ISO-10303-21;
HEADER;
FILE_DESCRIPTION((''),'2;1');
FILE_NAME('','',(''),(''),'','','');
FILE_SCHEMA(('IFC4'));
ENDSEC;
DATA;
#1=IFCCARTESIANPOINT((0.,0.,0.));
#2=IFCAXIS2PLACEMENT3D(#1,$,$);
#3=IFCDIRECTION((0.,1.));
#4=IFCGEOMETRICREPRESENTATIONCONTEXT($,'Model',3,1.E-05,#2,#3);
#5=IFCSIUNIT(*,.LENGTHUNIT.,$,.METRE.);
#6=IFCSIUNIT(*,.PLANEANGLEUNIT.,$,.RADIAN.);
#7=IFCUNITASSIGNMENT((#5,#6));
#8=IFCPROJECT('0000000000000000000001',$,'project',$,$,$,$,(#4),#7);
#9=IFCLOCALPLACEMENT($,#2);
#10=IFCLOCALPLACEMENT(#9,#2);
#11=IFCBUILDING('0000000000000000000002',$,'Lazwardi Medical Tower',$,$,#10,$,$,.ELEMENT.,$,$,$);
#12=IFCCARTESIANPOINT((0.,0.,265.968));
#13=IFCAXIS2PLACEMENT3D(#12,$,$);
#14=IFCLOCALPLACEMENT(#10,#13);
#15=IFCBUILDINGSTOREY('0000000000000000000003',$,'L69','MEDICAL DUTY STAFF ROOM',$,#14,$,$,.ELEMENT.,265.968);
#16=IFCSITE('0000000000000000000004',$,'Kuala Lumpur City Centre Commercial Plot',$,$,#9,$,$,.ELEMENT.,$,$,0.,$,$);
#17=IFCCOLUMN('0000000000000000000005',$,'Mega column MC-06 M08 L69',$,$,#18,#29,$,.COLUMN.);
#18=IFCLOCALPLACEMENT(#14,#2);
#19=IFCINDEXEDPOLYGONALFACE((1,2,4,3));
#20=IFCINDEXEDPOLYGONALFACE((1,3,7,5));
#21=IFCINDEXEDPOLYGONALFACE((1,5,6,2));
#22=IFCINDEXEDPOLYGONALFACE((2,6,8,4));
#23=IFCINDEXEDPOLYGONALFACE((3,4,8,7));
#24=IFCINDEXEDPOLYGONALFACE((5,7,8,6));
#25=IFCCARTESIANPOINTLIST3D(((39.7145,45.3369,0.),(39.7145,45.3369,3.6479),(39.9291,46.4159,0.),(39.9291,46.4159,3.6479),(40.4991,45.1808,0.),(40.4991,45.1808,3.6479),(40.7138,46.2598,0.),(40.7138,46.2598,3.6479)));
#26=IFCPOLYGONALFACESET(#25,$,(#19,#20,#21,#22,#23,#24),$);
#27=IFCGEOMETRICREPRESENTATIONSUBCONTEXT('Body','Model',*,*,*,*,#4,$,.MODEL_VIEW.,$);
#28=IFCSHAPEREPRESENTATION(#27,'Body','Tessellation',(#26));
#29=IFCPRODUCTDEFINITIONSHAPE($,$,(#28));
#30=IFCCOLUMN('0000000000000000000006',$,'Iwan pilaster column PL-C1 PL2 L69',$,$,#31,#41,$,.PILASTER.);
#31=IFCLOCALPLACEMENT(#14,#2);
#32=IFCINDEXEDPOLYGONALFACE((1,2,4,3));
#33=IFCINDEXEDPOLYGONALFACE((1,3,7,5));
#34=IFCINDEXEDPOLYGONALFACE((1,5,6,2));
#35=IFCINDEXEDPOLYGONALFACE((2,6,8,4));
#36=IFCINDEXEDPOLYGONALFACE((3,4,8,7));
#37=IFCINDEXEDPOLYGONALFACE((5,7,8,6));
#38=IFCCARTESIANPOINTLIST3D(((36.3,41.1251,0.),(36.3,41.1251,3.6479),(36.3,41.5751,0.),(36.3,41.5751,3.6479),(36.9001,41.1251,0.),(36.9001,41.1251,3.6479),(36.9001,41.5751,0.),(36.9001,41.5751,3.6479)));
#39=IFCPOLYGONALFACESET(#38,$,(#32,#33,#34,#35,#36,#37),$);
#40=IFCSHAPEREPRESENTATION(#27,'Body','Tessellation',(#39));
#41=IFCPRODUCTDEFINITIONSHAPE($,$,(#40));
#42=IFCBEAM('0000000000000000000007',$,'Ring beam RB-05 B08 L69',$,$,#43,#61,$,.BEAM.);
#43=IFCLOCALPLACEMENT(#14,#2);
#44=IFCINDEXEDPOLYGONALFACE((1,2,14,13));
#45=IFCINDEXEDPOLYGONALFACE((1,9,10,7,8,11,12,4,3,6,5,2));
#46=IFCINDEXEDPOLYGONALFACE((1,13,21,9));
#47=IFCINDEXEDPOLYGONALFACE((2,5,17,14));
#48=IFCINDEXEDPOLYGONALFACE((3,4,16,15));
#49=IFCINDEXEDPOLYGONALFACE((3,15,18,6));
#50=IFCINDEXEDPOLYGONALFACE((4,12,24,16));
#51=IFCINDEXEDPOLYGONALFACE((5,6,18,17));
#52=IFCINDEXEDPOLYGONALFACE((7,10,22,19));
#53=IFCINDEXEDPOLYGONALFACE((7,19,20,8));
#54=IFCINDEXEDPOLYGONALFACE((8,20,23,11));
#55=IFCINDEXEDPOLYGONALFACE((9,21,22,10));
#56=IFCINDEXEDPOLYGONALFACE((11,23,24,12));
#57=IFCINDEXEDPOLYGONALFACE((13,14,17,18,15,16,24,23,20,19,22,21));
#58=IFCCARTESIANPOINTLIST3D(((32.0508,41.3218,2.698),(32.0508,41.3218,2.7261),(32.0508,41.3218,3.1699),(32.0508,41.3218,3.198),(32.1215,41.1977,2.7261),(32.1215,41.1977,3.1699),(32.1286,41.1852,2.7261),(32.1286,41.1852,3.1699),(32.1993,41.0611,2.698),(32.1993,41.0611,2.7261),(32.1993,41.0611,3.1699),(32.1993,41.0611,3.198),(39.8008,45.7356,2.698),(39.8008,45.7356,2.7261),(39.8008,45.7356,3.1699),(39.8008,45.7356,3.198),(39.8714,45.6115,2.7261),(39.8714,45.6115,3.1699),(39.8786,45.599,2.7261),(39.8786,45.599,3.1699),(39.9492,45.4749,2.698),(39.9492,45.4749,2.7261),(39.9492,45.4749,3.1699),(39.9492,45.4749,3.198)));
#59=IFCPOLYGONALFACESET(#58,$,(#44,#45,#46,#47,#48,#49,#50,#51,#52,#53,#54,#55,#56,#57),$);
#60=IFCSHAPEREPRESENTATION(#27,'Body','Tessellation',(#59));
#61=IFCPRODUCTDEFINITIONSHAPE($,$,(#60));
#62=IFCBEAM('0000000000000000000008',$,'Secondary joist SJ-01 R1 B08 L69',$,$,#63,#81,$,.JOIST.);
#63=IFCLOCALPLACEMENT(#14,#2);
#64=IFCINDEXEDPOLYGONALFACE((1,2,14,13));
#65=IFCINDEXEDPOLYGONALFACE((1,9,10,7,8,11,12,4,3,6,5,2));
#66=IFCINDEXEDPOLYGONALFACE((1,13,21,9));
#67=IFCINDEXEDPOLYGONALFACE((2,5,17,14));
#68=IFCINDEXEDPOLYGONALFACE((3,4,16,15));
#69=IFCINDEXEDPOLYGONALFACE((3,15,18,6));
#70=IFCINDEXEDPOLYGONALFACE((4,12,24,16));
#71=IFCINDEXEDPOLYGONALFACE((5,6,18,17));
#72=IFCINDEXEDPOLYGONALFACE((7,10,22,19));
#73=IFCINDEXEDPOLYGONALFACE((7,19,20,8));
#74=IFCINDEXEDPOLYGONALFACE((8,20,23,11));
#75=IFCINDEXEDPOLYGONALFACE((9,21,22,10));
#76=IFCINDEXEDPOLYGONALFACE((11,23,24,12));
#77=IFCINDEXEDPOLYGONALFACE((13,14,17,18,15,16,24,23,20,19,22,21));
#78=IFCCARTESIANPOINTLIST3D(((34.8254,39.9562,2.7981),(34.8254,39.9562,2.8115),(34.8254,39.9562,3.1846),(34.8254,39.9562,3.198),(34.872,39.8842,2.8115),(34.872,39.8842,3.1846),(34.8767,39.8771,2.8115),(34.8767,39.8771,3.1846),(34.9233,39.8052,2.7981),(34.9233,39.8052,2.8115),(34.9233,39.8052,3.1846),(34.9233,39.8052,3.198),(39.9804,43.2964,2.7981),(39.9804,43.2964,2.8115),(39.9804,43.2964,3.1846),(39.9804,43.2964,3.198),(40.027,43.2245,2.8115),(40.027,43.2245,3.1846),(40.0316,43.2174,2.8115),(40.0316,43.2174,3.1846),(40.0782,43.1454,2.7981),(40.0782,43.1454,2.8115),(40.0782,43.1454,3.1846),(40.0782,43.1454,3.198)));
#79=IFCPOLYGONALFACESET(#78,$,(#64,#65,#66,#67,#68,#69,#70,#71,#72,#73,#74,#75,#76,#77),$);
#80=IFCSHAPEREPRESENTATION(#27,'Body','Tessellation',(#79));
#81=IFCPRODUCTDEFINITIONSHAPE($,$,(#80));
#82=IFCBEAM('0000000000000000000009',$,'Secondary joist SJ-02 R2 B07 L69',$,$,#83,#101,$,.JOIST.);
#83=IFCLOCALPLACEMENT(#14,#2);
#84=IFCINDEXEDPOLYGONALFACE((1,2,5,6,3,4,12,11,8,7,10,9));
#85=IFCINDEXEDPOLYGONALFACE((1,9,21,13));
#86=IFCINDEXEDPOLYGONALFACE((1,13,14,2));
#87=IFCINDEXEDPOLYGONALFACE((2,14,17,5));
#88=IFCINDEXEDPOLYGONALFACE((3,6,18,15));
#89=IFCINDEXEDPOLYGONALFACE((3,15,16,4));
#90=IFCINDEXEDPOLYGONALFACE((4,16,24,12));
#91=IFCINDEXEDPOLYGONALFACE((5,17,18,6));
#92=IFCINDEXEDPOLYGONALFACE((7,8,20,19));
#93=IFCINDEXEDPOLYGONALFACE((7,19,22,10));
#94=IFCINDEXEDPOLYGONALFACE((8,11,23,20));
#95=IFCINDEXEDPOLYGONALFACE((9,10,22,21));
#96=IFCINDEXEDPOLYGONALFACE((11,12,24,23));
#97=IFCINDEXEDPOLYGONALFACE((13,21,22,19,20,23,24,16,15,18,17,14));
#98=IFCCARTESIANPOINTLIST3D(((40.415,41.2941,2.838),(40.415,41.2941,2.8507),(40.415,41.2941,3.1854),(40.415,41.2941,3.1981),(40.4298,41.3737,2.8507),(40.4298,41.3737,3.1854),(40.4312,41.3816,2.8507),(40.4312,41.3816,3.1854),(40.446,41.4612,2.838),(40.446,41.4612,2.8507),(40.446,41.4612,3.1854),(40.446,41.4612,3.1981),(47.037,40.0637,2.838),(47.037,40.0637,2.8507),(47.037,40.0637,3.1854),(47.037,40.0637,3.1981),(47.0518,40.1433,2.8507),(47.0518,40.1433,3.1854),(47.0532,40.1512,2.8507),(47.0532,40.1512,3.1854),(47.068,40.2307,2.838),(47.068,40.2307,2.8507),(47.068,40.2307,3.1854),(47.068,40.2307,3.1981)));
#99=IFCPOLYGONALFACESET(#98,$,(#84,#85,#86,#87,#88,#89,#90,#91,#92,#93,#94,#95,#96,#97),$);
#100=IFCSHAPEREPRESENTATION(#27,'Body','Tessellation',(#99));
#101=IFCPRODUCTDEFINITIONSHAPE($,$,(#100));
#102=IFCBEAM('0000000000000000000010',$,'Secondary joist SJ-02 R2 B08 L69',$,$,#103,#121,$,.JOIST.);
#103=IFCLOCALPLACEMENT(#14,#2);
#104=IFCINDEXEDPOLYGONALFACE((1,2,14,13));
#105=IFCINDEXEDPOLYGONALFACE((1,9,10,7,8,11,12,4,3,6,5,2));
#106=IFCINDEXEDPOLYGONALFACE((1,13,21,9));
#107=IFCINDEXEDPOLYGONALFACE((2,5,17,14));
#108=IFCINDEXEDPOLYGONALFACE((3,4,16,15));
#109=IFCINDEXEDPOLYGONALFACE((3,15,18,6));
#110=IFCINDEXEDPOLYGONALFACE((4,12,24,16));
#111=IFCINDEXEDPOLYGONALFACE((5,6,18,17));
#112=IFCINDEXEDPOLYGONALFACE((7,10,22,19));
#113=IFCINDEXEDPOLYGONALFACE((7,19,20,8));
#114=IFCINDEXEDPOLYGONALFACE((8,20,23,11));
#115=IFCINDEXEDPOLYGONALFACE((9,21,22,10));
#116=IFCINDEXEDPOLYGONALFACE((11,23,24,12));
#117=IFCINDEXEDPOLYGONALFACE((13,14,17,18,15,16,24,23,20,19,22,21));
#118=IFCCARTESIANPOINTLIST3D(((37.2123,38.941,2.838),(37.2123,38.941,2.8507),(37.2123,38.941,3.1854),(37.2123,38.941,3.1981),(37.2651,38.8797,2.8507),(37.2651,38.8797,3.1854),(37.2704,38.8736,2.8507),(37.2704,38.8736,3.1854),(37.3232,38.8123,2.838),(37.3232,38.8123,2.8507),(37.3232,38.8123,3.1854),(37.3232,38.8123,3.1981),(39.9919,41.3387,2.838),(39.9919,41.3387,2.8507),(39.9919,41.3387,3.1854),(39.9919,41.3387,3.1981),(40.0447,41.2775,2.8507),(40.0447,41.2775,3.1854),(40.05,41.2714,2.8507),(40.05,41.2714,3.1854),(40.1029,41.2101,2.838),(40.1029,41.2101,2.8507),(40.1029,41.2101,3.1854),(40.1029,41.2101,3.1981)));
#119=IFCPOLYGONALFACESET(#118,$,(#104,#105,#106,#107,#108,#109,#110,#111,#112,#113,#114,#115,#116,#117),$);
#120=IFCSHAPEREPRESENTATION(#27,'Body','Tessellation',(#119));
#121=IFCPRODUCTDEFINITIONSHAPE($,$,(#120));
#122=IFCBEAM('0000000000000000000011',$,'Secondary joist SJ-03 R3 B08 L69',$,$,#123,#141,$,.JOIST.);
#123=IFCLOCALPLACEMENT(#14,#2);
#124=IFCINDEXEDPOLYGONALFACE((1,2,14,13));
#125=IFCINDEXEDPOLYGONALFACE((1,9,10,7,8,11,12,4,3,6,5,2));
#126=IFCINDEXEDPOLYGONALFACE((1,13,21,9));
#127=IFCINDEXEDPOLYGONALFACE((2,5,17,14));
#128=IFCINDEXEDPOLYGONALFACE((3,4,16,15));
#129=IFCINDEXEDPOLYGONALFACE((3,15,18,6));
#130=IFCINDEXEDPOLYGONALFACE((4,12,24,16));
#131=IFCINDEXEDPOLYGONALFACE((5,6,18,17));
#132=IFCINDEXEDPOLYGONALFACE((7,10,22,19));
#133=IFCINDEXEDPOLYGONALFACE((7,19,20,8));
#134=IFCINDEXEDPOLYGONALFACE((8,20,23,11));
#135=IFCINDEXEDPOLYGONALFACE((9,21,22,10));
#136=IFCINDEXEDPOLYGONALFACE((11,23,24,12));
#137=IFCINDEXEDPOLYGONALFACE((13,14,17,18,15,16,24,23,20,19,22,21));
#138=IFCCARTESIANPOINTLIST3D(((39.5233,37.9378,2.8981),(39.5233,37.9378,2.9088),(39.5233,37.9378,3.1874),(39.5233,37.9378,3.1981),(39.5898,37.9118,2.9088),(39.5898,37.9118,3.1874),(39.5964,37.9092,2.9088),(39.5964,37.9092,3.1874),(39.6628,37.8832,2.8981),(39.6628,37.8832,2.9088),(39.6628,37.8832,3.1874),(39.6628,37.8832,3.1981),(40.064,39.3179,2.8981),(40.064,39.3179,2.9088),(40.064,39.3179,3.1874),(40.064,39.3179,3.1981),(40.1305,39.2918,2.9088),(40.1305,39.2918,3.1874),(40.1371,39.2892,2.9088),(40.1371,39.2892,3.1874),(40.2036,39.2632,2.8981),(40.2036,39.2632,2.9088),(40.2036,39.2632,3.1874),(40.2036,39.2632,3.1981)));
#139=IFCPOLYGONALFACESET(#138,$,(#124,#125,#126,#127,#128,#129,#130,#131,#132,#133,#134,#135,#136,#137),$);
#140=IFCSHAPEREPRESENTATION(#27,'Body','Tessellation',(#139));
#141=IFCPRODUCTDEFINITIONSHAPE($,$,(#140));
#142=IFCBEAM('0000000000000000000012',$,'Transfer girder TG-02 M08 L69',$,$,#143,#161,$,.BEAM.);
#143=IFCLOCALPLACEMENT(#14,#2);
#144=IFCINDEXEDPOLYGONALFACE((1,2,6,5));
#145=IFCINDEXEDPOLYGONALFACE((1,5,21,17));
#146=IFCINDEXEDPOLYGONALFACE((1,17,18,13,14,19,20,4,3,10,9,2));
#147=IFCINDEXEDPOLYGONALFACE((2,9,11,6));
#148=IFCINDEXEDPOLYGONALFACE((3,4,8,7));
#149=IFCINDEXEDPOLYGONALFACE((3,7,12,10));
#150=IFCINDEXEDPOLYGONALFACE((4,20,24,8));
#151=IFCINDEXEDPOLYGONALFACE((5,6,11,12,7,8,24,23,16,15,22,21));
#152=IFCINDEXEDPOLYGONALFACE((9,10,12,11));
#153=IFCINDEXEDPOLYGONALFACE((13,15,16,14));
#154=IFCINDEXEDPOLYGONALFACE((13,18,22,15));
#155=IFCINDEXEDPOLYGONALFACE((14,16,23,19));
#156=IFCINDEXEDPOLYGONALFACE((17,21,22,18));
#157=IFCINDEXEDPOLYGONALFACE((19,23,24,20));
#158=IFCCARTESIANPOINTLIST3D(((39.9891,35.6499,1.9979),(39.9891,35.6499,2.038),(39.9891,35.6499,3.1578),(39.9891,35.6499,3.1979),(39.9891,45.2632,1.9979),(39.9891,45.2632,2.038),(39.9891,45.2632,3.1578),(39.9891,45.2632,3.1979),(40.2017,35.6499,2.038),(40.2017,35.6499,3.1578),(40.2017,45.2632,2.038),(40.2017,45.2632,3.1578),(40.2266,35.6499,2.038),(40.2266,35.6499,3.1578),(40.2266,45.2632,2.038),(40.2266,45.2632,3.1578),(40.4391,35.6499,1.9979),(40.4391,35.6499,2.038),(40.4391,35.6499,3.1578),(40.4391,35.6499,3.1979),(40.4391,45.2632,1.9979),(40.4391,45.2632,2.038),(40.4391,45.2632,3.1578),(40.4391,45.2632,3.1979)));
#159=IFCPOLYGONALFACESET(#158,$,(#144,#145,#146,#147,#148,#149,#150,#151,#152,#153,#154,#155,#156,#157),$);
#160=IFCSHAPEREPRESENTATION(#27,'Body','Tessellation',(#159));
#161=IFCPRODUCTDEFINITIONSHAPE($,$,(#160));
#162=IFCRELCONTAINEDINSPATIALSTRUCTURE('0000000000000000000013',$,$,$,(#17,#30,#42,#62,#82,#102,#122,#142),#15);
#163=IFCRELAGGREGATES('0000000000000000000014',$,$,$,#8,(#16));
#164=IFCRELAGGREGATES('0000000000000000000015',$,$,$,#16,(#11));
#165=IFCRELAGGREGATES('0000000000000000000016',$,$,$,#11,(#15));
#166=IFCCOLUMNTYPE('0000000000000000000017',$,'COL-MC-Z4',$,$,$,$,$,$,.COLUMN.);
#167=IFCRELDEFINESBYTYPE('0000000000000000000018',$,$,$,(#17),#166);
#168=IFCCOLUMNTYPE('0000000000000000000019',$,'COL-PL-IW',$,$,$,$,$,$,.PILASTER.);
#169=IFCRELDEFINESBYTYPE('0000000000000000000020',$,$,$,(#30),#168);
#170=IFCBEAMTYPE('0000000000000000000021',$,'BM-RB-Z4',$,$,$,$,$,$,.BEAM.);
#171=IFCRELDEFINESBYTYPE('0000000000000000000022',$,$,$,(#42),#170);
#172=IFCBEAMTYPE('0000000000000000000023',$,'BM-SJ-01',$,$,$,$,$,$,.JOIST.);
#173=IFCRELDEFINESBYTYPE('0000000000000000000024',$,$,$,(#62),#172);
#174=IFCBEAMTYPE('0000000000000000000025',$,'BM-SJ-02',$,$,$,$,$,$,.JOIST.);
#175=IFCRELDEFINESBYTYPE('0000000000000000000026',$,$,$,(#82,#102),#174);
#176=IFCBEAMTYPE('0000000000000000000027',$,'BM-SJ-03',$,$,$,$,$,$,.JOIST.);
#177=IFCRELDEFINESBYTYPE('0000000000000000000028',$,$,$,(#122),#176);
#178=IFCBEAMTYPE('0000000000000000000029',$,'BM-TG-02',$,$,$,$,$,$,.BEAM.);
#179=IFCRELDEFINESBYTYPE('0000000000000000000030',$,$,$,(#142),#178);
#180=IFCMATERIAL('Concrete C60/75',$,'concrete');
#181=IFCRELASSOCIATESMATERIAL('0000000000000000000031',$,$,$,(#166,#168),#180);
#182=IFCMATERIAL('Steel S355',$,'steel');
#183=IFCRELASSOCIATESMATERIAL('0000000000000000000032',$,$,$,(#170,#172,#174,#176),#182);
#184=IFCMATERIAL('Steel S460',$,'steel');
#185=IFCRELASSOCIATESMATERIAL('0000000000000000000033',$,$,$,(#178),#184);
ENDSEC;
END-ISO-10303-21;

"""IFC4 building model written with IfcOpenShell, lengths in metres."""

from ifc_helpers import new_model, si_unit, direction, frame, origin, origin_2d, place, context, subcontext, project, spatial, rectangle, i_section, extrude, material, material_profile, profile_set, type_object, element, save


model = new_model("IFC4")

# Units and contexts
model_context = context("Model", 3, precision=1e-05, world=origin(), true_north=direction((0.0, 1.0)))
body_context = subcontext(model_context, "Body", "Model", "MODEL_VIEW")
ifc_project = project(units=[si_unit("LENGTHUNIT", "METRE"), si_unit("PLANEANGLEUNIT", "RADIAN")], contexts=[model_context])

# Site, building, storey
site_placement = place(None, origin())
site = spatial("IfcSite", under=ifc_project, at=site_placement, Name="Kuala Lumpur City Centre Commercial Plot", CompositionType="ELEMENT", RefElevation=0.0)
building_placement = place(site_placement, origin())
building = spatial("IfcBuilding", under=site, at=building_placement, Name="Lazwardi Medical Tower", CompositionType="ELEMENT")
storey_placement = place(building_placement, frame((0.0, 0.0, 265.968)))
storey = spatial("IfcBuildingStorey", under=building, at=storey_placement, Name="L69", Description="MEDICAL DUTY STAFF ROOM", CompositionType="ELEMENT", Elevation=265.968)

# Columns
ifc_material_1 = material(Name="Concrete C60/75", Category="concrete")
ifc_material_profile_1 = material_profile(ifc_material_1, rectangle(XDim=1.1001, YDim=0.8, at=origin_2d()), Name="CFT-RECT 1100x800")
ifc_profile_set_1 = profile_set([ifc_material_profile_1], Name="Concrete C60/75")
column_type_1 = type_object("IfcColumnType", Name="COL-MC-Z4", PredefinedType="COLUMN", material=ifc_profile_set_1)
column_1_placement = place(storey_placement, frame((40.2141, 45.7983, 0.0), z_axis=(0.0, 0.0, 1.0), x_axis=(0.19509, 0.980785, 0.0)))
element("IfcColumn", 1, at=column_1_placement, inside=storey, type_object=column_type_1, Name="Mega column MC-06 M08 L69", PredefinedType="COLUMN", context=body_context, shape_type="SweptSolid", body=[
    extrude(rectangle(XDim=1.1001, YDim=0.8, at=origin_2d()), origin(), (0.0, 0.0, 1.0), 3.6479),
])
ifc_material_profile_2 = material_profile(ifc_material_1, rectangle(XDim=0.6001, YDim=0.45, at=origin_2d()), Name="RC 600x450")
ifc_profile_set_2 = profile_set([ifc_material_profile_2], Name="Concrete C60/75")
column_type_2 = type_object("IfcColumnType", Name="COL-PL-IW", PredefinedType="PILASTER", material=ifc_profile_set_2)
column_2_placement = place(storey_placement, frame((36.6001, 41.3501, 0.0), z_axis=(0.0, 0.0, 1.0), x_axis=(1.0, 0.0, 0.0)))
element("IfcColumn", 2, at=column_2_placement, inside=storey, type_object=column_type_2, Name="Iwan pilaster column PL-C1 PL2 L69", PredefinedType="PILASTER", context=body_context, shape_type="SweptSolid", body=[
    extrude(rectangle(XDim=0.6001, YDim=0.45, at=origin_2d()), origin(), (0.0, 0.0, 1.0), 3.6479),
])

# Beams
ifc_material_2 = material(Name="Steel S355", Category="steel")
ifc_material_profile_3 = material_profile(ifc_material_2, i_section(OverallWidth=0.3, OverallDepth=0.5, WebThickness=0.0144, FlangeThickness=0.0281, at=origin_2d()), Name="HEB 500")
ifc_profile_set_3 = profile_set([ifc_material_profile_3], Name="Steel S355")
beam_type_1 = type_object("IfcBeamType", Name="BM-RB-Z4", PredefinedType="BEAM", material=ifc_profile_set_3)
beam_1_placement = place(storey_placement, frame((39.875, 45.6052, 2.948), z_axis=(-0.868955, -0.494891, 0.0), x_axis=(0.494891, -0.868955, 0.0)))
element("IfcBeam", 3, at=beam_1_placement, inside=storey, type_object=beam_type_1, Name="Ring beam RB-05 B08 L69", PredefinedType="BEAM", context=body_context, shape_type="SweptSolid", body=[
    extrude(i_section(OverallWidth=0.3, OverallDepth=0.5, WebThickness=0.0144, FlangeThickness=0.0281, at=origin_2d()), origin(), (0.0, 0.0, 1.0), 8.9187),
])
ifc_material_profile_4 = material_profile(ifc_material_2, i_section(OverallWidth=0.1799, OverallDepth=0.3999, WebThickness=0.0085, FlangeThickness=0.0134, at=origin_2d()), Name="IPE 400")
ifc_profile_set_4 = profile_set([ifc_material_profile_4], Name="Steel S355")
beam_type_2 = type_object("IfcBeamType", Name="BM-SJ-01", PredefinedType="JOIST", material=ifc_profile_set_4)
beam_2_placement = place(storey_placement, frame((40.0293, 43.2209, 2.998), z_axis=(-0.839219, -0.543793, 0.0), x_axis=(0.543793, -0.839219, 0.0)))
element("IfcBeam", 4, at=beam_2_placement, inside=storey, type_object=beam_type_2, Name="Secondary joist SJ-01 R1 B08 L69", PredefinedType="JOIST", context=body_context, shape_type="SweptSolid", body=[
    extrude(i_section(OverallWidth=0.1799, OverallDepth=0.3999, WebThickness=0.0085, FlangeThickness=0.0134, at=origin_2d()), origin(), (0.0, 0.0, 1.0), 6.1426),
])
ifc_material_profile_5 = material_profile(ifc_material_2, i_section(OverallWidth=0.1699, OverallDepth=0.3601, WebThickness=0.0081, FlangeThickness=0.0127, at=origin_2d()), Name="IPE 360")
ifc_profile_set_5 = profile_set([ifc_material_profile_5], Name="Steel S355")
beam_type_3 = type_object("IfcBeamType", Name="BM-SJ-02", PredefinedType="JOIST", material=ifc_profile_set_5)
beam_3_placement = place(storey_placement, frame((47.0525, 40.1472, 3.0181), z_axis=(-0.983171, 0.182686, 0.0), x_axis=(-0.182686, -0.983171, 0.0)))
element("IfcBeam", 5, at=beam_3_placement, inside=storey, type_object=beam_type_3, Name="Secondary joist SJ-02 R2 B07 L69", PredefinedType="JOIST", context=body_context, shape_type="SweptSolid", body=[
    extrude(i_section(OverallWidth=0.1699, OverallDepth=0.3601, WebThickness=0.0081, FlangeThickness=0.0127, at=origin_2d()), origin(), (0.0, 0.0, 1.0), 6.7354),
])
beam_4_placement = place(storey_placement, frame((40.0474, 41.2744, 3.0181), z_axis=(-0.757201, -0.653182, 0.0), x_axis=(0.653182, -0.757201, 0.0)))
element("IfcBeam", 6, at=beam_4_placement, inside=storey, type_object=beam_type_3, Name="Secondary joist SJ-02 R2 B08 L69", PredefinedType="JOIST", context=body_context, shape_type="SweptSolid", body=[
    extrude(i_section(OverallWidth=0.1699, OverallDepth=0.3601, WebThickness=0.0081, FlangeThickness=0.0127, at=origin_2d()), origin(), (0.0, 0.0, 1.0), 3.6709),
])
ifc_material_profile_6 = material_profile(ifc_material_2, i_section(OverallWidth=0.1499, OverallDepth=0.3, WebThickness=0.0071, FlangeThickness=0.0107, at=origin_2d()), Name="IPE 300")
ifc_profile_set_6 = profile_set([ifc_material_profile_6], Name="Steel S355")
beam_type_4 = type_object("IfcBeamType", Name="BM-SJ-03", PredefinedType="JOIST", material=ifc_profile_set_6)
beam_5_placement = place(storey_placement, frame((40.1338, 39.2905, 3.0481), z_axis=(-0.364822, -0.931077, 0.0), x_axis=(0.931077, -0.364822, 0.0)))
element("IfcBeam", 7, at=beam_5_placement, inside=storey, type_object=beam_type_4, Name="Secondary joist SJ-03 R3 B08 L69", PredefinedType="JOIST", context=body_context, shape_type="SweptSolid", body=[
    extrude(i_section(OverallWidth=0.1499, OverallDepth=0.3, WebThickness=0.0071, FlangeThickness=0.0107, at=origin_2d()), origin(), (0.0, 0.0, 1.0), 1.4822),
])
ifc_material_3 = material(Name="Steel S460", Category="steel")
ifc_material_profile_7 = material_profile(ifc_material_3, i_section(OverallWidth=0.45, OverallDepth=1.2, WebThickness=0.0249, FlangeThickness=0.04, at=origin_2d()), Name="PG 1200x450")
ifc_profile_set_7 = profile_set([ifc_material_profile_7], Name="Steel S460")
beam_type_5 = type_object("IfcBeamType", Name="BM-TG-02", PredefinedType="BEAM", material=ifc_profile_set_7)
beam_6_placement = place(storey_placement, frame((40.2141, 45.2632, 2.5979), z_axis=(0.0, -1.0, 0.0), x_axis=(1.0, 0.0, 0.0)))
element("IfcBeam", 8, at=beam_6_placement, inside=storey, type_object=beam_type_5, Name="Transfer girder TG-02 M08 L69", PredefinedType="BEAM", context=body_context, shape_type="SweptSolid", body=[
    extrude(i_section(OverallWidth=0.45, OverallDepth=1.2, WebThickness=0.0249, FlangeThickness=0.04, at=origin_2d()), origin(), (0.0, 0.0, 1.0), 9.6133),
])

save(model, "model.ifc")
